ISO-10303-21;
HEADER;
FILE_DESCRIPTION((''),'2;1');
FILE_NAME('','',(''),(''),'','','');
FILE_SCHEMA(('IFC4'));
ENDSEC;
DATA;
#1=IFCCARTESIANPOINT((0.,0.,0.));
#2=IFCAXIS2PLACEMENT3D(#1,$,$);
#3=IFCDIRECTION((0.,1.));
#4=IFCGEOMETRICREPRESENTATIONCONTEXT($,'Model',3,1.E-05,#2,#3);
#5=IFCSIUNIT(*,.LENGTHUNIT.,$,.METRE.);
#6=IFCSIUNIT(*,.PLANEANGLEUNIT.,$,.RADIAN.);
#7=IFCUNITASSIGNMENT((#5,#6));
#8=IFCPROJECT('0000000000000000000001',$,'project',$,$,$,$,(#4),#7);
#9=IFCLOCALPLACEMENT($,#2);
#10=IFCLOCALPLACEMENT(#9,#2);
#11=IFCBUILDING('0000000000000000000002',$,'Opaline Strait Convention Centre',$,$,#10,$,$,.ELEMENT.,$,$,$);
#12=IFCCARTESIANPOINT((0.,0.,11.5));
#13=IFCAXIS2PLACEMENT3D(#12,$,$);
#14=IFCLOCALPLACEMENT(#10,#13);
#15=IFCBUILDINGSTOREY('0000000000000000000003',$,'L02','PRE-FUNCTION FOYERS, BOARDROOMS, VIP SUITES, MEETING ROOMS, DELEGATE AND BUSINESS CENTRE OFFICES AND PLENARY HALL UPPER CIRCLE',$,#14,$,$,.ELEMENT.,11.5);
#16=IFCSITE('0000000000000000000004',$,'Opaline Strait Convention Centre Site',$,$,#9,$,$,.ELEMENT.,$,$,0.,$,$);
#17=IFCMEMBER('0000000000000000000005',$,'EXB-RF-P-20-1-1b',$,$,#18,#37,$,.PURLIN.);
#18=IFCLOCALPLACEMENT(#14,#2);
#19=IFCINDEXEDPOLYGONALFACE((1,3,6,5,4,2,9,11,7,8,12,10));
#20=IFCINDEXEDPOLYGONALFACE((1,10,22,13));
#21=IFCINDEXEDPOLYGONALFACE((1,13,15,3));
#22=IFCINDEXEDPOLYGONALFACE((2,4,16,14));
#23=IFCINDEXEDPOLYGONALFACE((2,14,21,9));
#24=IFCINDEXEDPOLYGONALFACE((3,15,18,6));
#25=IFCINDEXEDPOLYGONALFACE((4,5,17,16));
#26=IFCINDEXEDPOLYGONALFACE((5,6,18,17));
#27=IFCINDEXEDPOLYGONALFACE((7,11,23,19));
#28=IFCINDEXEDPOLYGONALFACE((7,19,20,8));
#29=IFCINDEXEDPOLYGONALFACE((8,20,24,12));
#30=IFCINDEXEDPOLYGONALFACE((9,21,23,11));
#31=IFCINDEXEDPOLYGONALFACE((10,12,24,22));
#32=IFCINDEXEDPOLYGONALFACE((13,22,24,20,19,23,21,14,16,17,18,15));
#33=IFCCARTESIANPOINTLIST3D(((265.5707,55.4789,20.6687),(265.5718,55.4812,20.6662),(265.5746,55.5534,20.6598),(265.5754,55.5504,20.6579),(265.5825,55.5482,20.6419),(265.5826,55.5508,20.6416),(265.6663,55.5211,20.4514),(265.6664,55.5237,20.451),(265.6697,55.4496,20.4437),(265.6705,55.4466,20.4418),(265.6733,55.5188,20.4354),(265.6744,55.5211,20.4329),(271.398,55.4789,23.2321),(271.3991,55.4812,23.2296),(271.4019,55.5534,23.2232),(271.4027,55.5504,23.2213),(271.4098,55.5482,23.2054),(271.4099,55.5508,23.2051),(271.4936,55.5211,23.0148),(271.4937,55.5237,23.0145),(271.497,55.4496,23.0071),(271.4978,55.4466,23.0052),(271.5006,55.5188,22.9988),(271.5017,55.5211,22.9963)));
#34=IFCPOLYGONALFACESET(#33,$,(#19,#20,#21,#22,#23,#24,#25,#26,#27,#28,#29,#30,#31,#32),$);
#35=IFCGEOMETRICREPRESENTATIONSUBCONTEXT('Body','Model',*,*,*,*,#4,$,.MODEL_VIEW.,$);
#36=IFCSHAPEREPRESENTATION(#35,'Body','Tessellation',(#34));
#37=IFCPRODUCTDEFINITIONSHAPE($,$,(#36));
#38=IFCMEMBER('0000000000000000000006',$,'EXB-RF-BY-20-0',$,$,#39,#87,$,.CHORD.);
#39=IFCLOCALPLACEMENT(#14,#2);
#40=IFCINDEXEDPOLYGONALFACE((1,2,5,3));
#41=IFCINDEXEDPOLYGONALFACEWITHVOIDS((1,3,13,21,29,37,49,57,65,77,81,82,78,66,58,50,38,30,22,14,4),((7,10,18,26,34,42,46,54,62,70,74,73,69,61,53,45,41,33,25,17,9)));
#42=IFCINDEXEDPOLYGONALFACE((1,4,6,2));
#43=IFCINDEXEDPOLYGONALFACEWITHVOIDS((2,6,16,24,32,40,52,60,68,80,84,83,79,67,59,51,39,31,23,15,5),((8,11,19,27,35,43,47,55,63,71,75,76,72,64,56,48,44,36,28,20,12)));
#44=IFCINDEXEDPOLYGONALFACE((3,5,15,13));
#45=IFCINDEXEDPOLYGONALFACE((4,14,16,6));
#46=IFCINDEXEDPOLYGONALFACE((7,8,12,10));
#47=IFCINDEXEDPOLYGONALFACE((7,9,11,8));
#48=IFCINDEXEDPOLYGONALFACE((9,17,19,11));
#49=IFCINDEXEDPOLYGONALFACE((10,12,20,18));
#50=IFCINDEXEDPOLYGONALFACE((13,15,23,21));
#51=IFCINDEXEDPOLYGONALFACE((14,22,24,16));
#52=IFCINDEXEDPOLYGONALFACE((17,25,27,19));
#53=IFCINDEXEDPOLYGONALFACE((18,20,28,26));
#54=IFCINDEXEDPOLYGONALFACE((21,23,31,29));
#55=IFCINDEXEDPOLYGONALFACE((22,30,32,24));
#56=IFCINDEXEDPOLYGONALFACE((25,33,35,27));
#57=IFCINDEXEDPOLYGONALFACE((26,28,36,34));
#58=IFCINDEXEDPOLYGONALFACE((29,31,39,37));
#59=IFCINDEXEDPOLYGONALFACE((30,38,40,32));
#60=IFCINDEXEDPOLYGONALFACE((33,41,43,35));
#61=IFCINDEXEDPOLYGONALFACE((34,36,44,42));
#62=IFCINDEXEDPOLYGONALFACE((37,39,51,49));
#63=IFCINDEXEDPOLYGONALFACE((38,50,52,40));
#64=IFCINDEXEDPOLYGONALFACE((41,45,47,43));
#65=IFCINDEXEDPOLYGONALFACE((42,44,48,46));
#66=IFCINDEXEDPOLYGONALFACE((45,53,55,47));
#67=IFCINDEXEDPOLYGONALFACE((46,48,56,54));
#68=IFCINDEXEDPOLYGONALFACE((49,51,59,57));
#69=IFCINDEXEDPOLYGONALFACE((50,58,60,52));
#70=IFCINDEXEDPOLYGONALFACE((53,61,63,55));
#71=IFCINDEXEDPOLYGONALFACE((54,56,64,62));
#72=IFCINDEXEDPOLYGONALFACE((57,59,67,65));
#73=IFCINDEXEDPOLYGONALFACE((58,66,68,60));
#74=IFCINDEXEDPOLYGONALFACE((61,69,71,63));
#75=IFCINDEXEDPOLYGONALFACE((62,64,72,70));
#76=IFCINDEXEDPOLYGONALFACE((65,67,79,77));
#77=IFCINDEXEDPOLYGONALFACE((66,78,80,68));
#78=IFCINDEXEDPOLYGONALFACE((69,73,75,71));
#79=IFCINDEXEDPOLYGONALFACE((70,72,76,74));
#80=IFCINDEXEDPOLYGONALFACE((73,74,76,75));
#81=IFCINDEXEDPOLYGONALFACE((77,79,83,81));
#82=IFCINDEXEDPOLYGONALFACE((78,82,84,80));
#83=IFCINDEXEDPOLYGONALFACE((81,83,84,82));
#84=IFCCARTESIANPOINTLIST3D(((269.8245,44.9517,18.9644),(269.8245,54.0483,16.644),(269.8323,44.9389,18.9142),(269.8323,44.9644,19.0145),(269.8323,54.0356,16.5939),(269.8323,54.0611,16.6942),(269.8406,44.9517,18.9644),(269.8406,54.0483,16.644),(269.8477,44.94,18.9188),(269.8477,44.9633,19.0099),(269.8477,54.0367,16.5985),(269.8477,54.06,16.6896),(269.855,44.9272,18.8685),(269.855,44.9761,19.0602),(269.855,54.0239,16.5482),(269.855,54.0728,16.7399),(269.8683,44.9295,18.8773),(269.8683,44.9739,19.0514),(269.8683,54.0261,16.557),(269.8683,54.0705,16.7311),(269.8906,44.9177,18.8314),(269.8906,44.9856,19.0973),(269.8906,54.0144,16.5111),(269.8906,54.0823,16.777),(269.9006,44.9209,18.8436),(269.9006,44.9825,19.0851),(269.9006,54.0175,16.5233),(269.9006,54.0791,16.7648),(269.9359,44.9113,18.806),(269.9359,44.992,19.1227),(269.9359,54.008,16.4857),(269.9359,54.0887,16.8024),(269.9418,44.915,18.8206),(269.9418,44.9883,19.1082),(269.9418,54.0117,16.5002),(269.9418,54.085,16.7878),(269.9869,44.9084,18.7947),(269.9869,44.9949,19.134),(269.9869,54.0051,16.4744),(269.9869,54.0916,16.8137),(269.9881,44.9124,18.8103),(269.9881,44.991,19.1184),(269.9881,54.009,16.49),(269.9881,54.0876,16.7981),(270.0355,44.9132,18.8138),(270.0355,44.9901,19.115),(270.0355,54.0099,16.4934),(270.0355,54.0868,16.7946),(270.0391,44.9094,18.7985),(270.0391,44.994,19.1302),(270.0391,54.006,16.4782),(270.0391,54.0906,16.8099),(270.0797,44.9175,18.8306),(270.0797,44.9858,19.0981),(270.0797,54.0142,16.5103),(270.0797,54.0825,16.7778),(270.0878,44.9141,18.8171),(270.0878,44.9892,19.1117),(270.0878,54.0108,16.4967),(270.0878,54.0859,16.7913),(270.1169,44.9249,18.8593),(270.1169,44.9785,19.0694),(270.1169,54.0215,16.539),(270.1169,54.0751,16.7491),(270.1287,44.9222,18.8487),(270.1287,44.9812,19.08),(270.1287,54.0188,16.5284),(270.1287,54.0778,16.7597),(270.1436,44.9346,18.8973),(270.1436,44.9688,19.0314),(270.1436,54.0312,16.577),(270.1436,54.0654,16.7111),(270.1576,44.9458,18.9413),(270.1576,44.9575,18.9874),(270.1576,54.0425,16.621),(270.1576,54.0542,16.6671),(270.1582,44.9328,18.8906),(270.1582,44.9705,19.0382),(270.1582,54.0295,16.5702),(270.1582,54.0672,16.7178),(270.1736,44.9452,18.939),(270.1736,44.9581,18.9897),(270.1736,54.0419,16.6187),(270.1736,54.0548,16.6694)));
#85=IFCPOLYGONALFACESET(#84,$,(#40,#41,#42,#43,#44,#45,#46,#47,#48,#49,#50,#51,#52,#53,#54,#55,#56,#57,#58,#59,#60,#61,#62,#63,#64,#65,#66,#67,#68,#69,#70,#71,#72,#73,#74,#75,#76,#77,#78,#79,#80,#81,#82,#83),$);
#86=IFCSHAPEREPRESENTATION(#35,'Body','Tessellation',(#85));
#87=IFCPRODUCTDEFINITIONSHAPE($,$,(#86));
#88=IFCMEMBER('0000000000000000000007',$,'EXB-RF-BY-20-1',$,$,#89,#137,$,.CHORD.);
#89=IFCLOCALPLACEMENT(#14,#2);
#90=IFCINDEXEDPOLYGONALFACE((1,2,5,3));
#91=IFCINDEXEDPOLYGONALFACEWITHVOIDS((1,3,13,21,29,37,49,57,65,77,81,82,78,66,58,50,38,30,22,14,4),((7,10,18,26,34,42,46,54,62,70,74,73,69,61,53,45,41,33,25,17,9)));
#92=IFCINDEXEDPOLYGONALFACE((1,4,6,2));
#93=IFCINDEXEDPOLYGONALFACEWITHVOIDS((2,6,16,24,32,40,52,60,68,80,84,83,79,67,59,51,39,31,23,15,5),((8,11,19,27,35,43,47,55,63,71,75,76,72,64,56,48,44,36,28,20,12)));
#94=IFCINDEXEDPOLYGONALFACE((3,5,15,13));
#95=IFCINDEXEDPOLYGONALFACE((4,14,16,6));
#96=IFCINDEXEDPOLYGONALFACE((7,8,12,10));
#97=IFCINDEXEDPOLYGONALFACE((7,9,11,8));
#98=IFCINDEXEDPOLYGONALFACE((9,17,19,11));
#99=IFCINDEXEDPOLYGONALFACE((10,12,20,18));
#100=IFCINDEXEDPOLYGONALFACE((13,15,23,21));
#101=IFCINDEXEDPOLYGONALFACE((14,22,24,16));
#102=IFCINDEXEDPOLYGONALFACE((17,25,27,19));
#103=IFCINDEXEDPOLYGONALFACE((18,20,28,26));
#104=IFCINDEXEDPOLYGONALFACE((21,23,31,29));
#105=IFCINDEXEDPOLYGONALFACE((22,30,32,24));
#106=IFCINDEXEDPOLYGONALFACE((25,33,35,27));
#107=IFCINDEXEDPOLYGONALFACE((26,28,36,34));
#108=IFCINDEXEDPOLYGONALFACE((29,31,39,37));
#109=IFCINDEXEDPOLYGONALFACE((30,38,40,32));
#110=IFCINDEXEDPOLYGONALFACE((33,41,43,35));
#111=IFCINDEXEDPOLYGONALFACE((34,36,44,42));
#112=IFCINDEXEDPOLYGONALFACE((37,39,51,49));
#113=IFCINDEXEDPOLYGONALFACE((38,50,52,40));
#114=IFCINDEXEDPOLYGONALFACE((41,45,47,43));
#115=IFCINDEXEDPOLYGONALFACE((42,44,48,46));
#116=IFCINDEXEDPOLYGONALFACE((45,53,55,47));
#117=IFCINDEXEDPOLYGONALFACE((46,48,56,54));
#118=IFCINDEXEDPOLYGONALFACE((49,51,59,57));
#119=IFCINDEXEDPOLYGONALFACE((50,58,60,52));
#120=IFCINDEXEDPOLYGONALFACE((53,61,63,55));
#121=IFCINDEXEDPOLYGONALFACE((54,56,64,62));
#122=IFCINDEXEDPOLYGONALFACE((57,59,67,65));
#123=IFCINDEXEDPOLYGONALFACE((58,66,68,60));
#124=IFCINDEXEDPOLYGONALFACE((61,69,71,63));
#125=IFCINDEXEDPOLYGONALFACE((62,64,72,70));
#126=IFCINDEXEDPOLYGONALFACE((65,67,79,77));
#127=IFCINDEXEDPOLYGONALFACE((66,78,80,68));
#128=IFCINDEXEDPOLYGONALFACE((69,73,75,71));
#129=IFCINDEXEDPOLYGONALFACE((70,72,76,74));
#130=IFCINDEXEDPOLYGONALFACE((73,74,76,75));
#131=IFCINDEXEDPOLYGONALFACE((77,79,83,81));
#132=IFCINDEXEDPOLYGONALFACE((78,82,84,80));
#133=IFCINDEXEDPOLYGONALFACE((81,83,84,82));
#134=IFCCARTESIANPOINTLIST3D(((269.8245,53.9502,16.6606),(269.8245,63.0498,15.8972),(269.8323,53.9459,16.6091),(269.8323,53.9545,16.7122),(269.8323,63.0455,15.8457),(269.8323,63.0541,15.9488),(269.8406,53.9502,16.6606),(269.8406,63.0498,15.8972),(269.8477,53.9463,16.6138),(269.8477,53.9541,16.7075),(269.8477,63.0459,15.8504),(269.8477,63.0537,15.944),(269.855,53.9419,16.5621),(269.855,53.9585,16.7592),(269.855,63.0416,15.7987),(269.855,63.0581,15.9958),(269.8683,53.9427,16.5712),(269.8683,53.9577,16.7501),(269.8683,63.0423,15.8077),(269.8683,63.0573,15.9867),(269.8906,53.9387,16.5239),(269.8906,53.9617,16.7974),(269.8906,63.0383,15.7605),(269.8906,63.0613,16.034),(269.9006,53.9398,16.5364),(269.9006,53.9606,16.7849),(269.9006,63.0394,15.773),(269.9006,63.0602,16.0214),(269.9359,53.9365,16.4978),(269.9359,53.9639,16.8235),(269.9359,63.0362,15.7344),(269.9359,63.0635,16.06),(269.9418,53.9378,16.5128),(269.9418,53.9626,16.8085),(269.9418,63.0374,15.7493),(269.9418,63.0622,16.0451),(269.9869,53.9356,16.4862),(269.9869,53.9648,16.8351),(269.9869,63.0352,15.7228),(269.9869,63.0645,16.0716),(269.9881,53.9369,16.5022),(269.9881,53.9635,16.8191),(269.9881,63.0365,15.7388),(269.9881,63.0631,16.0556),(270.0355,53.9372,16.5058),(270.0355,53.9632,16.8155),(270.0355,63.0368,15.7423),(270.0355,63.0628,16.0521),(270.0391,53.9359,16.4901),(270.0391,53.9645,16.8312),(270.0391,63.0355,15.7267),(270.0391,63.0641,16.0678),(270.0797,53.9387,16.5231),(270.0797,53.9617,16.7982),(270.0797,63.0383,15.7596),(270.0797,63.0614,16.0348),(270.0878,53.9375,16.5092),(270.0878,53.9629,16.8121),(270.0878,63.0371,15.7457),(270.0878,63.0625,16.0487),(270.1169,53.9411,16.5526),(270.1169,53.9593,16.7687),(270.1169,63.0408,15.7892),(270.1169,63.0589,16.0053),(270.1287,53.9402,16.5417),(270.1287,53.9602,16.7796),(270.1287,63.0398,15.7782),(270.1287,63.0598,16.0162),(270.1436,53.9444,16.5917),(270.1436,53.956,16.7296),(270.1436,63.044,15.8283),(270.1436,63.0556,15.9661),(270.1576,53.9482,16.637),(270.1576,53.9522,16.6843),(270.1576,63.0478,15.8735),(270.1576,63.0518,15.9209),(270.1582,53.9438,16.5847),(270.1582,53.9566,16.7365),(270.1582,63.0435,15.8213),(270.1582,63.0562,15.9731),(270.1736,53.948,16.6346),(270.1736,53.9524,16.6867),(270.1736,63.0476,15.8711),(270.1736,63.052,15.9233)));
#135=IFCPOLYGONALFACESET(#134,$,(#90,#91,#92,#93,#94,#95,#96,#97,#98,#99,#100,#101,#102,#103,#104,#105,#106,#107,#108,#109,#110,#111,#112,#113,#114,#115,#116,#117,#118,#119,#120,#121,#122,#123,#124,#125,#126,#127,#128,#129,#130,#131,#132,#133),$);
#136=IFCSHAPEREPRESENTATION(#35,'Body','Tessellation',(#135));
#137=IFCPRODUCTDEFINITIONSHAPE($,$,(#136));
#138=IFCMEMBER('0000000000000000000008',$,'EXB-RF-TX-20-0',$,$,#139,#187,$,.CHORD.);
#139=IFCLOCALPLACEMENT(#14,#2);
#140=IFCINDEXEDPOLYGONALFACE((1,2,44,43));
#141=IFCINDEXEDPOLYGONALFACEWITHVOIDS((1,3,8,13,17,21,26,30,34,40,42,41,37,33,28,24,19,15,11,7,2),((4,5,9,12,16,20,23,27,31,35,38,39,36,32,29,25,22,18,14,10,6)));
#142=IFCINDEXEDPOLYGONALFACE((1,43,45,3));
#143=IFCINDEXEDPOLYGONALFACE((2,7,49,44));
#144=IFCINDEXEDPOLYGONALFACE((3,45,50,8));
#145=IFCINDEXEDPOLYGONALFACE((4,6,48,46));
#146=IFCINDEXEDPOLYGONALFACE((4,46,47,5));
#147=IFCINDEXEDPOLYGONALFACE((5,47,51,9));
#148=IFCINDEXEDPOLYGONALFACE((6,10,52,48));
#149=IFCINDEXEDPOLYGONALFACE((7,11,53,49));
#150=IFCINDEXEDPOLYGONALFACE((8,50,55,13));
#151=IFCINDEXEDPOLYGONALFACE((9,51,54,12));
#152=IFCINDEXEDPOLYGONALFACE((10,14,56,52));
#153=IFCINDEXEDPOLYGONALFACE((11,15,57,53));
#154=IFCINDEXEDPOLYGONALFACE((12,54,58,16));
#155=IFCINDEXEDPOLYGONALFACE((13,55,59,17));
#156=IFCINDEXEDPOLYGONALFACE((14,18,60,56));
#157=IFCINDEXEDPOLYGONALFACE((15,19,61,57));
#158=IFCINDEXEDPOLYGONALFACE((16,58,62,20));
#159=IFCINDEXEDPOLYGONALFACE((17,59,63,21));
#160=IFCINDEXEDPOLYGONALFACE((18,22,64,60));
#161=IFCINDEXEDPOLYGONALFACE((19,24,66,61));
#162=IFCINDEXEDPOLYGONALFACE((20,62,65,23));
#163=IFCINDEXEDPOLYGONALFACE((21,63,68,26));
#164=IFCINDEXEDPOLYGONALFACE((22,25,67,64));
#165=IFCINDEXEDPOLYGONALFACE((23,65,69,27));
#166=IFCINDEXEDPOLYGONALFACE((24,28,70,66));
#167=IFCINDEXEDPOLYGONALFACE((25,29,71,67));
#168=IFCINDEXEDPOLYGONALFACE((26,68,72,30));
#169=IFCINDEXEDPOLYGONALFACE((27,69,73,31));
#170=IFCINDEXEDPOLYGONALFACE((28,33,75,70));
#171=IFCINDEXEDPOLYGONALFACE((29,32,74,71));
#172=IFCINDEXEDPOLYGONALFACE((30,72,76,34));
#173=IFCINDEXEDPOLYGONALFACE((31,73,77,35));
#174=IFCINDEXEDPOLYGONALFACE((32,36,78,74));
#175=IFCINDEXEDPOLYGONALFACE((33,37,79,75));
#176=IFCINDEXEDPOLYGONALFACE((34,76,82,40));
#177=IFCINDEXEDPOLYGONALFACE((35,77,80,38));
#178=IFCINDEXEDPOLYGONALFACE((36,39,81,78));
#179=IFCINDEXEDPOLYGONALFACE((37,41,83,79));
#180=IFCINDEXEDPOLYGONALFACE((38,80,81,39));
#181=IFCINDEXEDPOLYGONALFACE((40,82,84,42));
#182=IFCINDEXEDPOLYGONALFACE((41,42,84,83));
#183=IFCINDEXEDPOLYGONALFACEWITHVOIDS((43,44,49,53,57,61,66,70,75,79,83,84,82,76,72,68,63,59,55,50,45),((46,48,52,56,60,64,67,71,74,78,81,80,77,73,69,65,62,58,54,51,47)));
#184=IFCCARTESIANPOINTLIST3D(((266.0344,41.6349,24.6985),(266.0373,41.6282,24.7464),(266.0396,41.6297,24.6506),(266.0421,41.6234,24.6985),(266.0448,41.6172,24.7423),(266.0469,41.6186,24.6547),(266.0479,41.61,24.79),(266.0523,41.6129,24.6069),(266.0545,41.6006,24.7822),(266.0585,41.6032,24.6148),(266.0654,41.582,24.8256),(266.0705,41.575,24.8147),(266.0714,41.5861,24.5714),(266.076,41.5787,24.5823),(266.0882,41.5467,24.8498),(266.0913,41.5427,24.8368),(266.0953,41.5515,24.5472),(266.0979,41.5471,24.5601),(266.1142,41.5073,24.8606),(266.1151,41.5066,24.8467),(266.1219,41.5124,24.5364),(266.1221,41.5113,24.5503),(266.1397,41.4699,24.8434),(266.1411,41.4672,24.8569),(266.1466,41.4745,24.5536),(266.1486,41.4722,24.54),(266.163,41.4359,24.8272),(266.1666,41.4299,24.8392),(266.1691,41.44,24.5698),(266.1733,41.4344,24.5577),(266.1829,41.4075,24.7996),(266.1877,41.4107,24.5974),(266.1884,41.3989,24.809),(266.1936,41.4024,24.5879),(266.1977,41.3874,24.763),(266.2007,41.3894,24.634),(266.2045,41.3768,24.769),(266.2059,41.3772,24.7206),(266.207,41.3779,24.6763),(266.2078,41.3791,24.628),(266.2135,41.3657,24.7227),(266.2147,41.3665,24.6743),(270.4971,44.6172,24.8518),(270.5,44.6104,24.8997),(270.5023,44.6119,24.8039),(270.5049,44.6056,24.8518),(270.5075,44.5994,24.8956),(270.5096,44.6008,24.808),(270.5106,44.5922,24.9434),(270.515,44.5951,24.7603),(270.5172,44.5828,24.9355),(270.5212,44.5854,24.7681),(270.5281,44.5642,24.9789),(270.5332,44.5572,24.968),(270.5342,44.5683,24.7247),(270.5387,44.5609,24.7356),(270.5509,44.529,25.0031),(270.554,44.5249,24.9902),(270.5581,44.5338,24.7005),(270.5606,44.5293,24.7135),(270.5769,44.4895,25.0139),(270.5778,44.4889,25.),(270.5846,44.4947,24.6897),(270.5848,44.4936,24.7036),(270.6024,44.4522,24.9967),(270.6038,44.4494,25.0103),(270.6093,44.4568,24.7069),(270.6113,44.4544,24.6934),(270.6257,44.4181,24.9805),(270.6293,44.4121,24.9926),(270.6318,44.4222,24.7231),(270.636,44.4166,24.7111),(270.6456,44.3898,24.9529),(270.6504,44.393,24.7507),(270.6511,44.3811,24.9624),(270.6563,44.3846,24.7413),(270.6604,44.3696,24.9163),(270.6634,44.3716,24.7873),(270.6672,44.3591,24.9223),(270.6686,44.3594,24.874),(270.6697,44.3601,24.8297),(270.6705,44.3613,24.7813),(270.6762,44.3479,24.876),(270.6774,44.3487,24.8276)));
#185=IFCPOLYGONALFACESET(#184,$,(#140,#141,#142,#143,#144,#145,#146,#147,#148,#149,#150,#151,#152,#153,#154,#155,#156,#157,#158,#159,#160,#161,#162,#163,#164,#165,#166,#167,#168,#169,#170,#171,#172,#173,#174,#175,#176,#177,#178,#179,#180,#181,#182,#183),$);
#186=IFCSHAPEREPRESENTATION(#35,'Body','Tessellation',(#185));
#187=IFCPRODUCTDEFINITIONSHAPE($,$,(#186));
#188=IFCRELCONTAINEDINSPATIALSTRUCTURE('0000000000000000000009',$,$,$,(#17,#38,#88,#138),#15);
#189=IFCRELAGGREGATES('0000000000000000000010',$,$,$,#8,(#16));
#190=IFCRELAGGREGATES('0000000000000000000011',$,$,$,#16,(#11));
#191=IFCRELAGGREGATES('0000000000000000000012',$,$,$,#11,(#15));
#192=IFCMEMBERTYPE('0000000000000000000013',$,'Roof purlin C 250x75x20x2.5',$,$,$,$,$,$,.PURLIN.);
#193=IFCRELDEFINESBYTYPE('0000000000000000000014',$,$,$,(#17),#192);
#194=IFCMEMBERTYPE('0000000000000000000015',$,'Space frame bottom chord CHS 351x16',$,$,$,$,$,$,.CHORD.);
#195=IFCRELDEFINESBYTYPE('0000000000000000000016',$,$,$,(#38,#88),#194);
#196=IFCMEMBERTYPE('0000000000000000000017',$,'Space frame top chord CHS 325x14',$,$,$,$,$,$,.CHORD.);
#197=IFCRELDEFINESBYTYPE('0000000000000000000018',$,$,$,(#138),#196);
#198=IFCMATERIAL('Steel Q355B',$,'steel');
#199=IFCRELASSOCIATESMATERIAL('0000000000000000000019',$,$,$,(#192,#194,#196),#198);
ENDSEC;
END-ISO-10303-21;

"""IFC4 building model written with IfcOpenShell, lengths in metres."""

from ifc_helpers import new_model, si_unit, direction, frame, origin, origin_2d, place, context, subcontext, project, spatial, polyline, hollow_circle, outline, extrude, material, material_profile, profile_set, type_object, element, save


model = new_model("IFC4")

# Units and contexts
model_context = context("Model", 3, precision=1e-05, world=origin(), true_north=direction((0.0, 1.0)))
body_context = subcontext(model_context, "Body", "Model", "MODEL_VIEW")
ifc_project = project(units=[si_unit("LENGTHUNIT", "METRE"), si_unit("PLANEANGLEUNIT", "RADIAN")], contexts=[model_context])

# Site, building, storey
site_placement = place(None, origin())
site = spatial("IfcSite", under=ifc_project, at=site_placement, Name="Opaline Strait Convention Centre Site", CompositionType="ELEMENT", RefElevation=0.0)
building_placement = place(site_placement, origin())
building = spatial("IfcBuilding", under=site, at=building_placement, Name="Opaline Strait Convention Centre", CompositionType="ELEMENT")
storey_placement = place(building_placement, frame((0.0, 0.0, 11.5)))
storey = spatial("IfcBuildingStorey", under=building, at=storey_placement, Name="L02", Description="PRE-FUNCTION FOYERS, BOARDROOMS, VIP SUITES, MEETING ROOMS, DELEGATE AND BUSINESS CENTRE OFFICES AND PLENARY HALL UPPER CIRCLE", CompositionType="ELEMENT", Elevation=11.5)

# Members
ifc_material_1 = material(Name="Steel Q355B", Category="steel")
ifc_material_profile_1 = material_profile(ifc_material_1, outline(polyline([(-0.0376, -0.125), (0.0376, -0.125), (0.0376, -0.105), (0.0349, -0.105), (0.0349, -0.1226), (-0.0349, -0.1226), (-0.0349, 0.1226), (0.0349, 0.1226), (0.0349, 0.105), (0.0376, 0.105), (0.0376, 0.125), (-0.0376, 0.125), (-0.0376, -0.125)])), Name="C 250x75x20x2.5")
ifc_profile_set_1 = profile_set([ifc_material_profile_1], Name="Steel Q355B")
member_type_1 = type_object("IfcMemberType", Name="Roof purlin C 250x75x20x2.5", PredefinedType="PURLIN", material=ifc_profile_set_1)
member_1_placement = place(storey_placement, frame((265.6226, 55.5, 20.5508), z_axis=(0.915348, 0.0, 0.402663), x_axis=(0.051982, 0.991632, -0.118167)))
element("IfcMember", 1, at=member_1_placement, inside=storey, type_object=member_type_1, Name="EXB-RF-P-20-1-1b", PredefinedType="PURLIN", context=body_context, shape_type="SweptSolid", body=[
    extrude(outline(polyline([(-0.0376, -0.125), (0.0376, -0.125), (0.0376, -0.105), (0.0349, -0.105), (0.0349, -0.1226), (-0.0349, -0.1226), (-0.0349, 0.1226), (0.0349, 0.1226), (0.0349, 0.105), (0.0376, 0.105), (0.0376, 0.125), (-0.0376, 0.125), (-0.0376, -0.125)])), origin(), (0.0, 0.0, 1.0), 6.3662),
])
ifc_material_profile_2 = material_profile(ifc_material_1, hollow_circle(Radius=0.1755, WallThickness=0.0161, at=origin_2d()), Name="CHS 351x16")
ifc_profile_set_2 = profile_set([ifc_material_profile_2], Name="Steel Q355B")
member_type_2 = type_object("IfcMemberType", Name="Space frame bottom chord CHS 351x16", PredefinedType="CHORD", material=ifc_profile_set_2)
member_2_placement = place(storey_placement, frame((270.0, 44.9517, 18.9644), z_axis=(0.0, 0.968975, -0.247159), x_axis=(-1.0, 0.0, 0.0)))
element("IfcMember", 2, at=member_2_placement, inside=storey, type_object=member_type_2, Name="EXB-RF-BY-20-0", PredefinedType="CHORD", context=body_context, shape_type="SweptSolid", body=[
    extrude(hollow_circle(Radius=0.1755, WallThickness=0.0161, at=origin_2d()), origin(), (0.0, 0.0, 1.0), 9.3879),
])
member_3_placement = place(storey_placement, frame((270.0, 53.9502, 16.6606), z_axis=(0.0, 0.996499, -0.083603), x_axis=(-1.0, 0.0, 0.0)))
element("IfcMember", 3, at=member_3_placement, inside=storey, type_object=member_type_2, Name="EXB-RF-BY-20-1", PredefinedType="CHORD", context=body_context, shape_type="SweptSolid", body=[
    extrude(hollow_circle(Radius=0.1755, WallThickness=0.0161, at=origin_2d()), origin(), (0.0, 0.0, 1.0), 9.1316),
])
ifc_material_profile_3 = material_profile(ifc_material_1, hollow_circle(Radius=0.1626, WallThickness=0.0139, at=origin_2d()), Name="CHS 325x14")
ifc_profile_set_3 = profile_set([ifc_material_profile_3], Name="Steel Q355B")
member_type_3 = type_object("IfcMemberType", Name="Space frame top chord CHS 325x14", PredefinedType="CHORD", material=ifc_profile_set_3)
for number, where, z_axis, x_axis, name in (
    (4, (266.1248, 41.4998, 24.6985), (0.831102, 0.555387, 0.028554), (-0.555613, 0.831441, 0.0), "EXB-RF-TX-20-0"),
):
    element("IfcMember", number, at=place(storey_placement, frame(where, z_axis=z_axis, x_axis=x_axis)), inside=storey, type_object=member_type_3, Name=name, PredefinedType="CHORD", context=body_context, shape_type="SweptSolid", body=[
        extrude(hollow_circle(Radius=0.1626, WallThickness=0.0139, at=origin_2d()), origin(), (0.0, 0.0, 1.0), 5.3696),
    ])

save(model, "model.ifc")
